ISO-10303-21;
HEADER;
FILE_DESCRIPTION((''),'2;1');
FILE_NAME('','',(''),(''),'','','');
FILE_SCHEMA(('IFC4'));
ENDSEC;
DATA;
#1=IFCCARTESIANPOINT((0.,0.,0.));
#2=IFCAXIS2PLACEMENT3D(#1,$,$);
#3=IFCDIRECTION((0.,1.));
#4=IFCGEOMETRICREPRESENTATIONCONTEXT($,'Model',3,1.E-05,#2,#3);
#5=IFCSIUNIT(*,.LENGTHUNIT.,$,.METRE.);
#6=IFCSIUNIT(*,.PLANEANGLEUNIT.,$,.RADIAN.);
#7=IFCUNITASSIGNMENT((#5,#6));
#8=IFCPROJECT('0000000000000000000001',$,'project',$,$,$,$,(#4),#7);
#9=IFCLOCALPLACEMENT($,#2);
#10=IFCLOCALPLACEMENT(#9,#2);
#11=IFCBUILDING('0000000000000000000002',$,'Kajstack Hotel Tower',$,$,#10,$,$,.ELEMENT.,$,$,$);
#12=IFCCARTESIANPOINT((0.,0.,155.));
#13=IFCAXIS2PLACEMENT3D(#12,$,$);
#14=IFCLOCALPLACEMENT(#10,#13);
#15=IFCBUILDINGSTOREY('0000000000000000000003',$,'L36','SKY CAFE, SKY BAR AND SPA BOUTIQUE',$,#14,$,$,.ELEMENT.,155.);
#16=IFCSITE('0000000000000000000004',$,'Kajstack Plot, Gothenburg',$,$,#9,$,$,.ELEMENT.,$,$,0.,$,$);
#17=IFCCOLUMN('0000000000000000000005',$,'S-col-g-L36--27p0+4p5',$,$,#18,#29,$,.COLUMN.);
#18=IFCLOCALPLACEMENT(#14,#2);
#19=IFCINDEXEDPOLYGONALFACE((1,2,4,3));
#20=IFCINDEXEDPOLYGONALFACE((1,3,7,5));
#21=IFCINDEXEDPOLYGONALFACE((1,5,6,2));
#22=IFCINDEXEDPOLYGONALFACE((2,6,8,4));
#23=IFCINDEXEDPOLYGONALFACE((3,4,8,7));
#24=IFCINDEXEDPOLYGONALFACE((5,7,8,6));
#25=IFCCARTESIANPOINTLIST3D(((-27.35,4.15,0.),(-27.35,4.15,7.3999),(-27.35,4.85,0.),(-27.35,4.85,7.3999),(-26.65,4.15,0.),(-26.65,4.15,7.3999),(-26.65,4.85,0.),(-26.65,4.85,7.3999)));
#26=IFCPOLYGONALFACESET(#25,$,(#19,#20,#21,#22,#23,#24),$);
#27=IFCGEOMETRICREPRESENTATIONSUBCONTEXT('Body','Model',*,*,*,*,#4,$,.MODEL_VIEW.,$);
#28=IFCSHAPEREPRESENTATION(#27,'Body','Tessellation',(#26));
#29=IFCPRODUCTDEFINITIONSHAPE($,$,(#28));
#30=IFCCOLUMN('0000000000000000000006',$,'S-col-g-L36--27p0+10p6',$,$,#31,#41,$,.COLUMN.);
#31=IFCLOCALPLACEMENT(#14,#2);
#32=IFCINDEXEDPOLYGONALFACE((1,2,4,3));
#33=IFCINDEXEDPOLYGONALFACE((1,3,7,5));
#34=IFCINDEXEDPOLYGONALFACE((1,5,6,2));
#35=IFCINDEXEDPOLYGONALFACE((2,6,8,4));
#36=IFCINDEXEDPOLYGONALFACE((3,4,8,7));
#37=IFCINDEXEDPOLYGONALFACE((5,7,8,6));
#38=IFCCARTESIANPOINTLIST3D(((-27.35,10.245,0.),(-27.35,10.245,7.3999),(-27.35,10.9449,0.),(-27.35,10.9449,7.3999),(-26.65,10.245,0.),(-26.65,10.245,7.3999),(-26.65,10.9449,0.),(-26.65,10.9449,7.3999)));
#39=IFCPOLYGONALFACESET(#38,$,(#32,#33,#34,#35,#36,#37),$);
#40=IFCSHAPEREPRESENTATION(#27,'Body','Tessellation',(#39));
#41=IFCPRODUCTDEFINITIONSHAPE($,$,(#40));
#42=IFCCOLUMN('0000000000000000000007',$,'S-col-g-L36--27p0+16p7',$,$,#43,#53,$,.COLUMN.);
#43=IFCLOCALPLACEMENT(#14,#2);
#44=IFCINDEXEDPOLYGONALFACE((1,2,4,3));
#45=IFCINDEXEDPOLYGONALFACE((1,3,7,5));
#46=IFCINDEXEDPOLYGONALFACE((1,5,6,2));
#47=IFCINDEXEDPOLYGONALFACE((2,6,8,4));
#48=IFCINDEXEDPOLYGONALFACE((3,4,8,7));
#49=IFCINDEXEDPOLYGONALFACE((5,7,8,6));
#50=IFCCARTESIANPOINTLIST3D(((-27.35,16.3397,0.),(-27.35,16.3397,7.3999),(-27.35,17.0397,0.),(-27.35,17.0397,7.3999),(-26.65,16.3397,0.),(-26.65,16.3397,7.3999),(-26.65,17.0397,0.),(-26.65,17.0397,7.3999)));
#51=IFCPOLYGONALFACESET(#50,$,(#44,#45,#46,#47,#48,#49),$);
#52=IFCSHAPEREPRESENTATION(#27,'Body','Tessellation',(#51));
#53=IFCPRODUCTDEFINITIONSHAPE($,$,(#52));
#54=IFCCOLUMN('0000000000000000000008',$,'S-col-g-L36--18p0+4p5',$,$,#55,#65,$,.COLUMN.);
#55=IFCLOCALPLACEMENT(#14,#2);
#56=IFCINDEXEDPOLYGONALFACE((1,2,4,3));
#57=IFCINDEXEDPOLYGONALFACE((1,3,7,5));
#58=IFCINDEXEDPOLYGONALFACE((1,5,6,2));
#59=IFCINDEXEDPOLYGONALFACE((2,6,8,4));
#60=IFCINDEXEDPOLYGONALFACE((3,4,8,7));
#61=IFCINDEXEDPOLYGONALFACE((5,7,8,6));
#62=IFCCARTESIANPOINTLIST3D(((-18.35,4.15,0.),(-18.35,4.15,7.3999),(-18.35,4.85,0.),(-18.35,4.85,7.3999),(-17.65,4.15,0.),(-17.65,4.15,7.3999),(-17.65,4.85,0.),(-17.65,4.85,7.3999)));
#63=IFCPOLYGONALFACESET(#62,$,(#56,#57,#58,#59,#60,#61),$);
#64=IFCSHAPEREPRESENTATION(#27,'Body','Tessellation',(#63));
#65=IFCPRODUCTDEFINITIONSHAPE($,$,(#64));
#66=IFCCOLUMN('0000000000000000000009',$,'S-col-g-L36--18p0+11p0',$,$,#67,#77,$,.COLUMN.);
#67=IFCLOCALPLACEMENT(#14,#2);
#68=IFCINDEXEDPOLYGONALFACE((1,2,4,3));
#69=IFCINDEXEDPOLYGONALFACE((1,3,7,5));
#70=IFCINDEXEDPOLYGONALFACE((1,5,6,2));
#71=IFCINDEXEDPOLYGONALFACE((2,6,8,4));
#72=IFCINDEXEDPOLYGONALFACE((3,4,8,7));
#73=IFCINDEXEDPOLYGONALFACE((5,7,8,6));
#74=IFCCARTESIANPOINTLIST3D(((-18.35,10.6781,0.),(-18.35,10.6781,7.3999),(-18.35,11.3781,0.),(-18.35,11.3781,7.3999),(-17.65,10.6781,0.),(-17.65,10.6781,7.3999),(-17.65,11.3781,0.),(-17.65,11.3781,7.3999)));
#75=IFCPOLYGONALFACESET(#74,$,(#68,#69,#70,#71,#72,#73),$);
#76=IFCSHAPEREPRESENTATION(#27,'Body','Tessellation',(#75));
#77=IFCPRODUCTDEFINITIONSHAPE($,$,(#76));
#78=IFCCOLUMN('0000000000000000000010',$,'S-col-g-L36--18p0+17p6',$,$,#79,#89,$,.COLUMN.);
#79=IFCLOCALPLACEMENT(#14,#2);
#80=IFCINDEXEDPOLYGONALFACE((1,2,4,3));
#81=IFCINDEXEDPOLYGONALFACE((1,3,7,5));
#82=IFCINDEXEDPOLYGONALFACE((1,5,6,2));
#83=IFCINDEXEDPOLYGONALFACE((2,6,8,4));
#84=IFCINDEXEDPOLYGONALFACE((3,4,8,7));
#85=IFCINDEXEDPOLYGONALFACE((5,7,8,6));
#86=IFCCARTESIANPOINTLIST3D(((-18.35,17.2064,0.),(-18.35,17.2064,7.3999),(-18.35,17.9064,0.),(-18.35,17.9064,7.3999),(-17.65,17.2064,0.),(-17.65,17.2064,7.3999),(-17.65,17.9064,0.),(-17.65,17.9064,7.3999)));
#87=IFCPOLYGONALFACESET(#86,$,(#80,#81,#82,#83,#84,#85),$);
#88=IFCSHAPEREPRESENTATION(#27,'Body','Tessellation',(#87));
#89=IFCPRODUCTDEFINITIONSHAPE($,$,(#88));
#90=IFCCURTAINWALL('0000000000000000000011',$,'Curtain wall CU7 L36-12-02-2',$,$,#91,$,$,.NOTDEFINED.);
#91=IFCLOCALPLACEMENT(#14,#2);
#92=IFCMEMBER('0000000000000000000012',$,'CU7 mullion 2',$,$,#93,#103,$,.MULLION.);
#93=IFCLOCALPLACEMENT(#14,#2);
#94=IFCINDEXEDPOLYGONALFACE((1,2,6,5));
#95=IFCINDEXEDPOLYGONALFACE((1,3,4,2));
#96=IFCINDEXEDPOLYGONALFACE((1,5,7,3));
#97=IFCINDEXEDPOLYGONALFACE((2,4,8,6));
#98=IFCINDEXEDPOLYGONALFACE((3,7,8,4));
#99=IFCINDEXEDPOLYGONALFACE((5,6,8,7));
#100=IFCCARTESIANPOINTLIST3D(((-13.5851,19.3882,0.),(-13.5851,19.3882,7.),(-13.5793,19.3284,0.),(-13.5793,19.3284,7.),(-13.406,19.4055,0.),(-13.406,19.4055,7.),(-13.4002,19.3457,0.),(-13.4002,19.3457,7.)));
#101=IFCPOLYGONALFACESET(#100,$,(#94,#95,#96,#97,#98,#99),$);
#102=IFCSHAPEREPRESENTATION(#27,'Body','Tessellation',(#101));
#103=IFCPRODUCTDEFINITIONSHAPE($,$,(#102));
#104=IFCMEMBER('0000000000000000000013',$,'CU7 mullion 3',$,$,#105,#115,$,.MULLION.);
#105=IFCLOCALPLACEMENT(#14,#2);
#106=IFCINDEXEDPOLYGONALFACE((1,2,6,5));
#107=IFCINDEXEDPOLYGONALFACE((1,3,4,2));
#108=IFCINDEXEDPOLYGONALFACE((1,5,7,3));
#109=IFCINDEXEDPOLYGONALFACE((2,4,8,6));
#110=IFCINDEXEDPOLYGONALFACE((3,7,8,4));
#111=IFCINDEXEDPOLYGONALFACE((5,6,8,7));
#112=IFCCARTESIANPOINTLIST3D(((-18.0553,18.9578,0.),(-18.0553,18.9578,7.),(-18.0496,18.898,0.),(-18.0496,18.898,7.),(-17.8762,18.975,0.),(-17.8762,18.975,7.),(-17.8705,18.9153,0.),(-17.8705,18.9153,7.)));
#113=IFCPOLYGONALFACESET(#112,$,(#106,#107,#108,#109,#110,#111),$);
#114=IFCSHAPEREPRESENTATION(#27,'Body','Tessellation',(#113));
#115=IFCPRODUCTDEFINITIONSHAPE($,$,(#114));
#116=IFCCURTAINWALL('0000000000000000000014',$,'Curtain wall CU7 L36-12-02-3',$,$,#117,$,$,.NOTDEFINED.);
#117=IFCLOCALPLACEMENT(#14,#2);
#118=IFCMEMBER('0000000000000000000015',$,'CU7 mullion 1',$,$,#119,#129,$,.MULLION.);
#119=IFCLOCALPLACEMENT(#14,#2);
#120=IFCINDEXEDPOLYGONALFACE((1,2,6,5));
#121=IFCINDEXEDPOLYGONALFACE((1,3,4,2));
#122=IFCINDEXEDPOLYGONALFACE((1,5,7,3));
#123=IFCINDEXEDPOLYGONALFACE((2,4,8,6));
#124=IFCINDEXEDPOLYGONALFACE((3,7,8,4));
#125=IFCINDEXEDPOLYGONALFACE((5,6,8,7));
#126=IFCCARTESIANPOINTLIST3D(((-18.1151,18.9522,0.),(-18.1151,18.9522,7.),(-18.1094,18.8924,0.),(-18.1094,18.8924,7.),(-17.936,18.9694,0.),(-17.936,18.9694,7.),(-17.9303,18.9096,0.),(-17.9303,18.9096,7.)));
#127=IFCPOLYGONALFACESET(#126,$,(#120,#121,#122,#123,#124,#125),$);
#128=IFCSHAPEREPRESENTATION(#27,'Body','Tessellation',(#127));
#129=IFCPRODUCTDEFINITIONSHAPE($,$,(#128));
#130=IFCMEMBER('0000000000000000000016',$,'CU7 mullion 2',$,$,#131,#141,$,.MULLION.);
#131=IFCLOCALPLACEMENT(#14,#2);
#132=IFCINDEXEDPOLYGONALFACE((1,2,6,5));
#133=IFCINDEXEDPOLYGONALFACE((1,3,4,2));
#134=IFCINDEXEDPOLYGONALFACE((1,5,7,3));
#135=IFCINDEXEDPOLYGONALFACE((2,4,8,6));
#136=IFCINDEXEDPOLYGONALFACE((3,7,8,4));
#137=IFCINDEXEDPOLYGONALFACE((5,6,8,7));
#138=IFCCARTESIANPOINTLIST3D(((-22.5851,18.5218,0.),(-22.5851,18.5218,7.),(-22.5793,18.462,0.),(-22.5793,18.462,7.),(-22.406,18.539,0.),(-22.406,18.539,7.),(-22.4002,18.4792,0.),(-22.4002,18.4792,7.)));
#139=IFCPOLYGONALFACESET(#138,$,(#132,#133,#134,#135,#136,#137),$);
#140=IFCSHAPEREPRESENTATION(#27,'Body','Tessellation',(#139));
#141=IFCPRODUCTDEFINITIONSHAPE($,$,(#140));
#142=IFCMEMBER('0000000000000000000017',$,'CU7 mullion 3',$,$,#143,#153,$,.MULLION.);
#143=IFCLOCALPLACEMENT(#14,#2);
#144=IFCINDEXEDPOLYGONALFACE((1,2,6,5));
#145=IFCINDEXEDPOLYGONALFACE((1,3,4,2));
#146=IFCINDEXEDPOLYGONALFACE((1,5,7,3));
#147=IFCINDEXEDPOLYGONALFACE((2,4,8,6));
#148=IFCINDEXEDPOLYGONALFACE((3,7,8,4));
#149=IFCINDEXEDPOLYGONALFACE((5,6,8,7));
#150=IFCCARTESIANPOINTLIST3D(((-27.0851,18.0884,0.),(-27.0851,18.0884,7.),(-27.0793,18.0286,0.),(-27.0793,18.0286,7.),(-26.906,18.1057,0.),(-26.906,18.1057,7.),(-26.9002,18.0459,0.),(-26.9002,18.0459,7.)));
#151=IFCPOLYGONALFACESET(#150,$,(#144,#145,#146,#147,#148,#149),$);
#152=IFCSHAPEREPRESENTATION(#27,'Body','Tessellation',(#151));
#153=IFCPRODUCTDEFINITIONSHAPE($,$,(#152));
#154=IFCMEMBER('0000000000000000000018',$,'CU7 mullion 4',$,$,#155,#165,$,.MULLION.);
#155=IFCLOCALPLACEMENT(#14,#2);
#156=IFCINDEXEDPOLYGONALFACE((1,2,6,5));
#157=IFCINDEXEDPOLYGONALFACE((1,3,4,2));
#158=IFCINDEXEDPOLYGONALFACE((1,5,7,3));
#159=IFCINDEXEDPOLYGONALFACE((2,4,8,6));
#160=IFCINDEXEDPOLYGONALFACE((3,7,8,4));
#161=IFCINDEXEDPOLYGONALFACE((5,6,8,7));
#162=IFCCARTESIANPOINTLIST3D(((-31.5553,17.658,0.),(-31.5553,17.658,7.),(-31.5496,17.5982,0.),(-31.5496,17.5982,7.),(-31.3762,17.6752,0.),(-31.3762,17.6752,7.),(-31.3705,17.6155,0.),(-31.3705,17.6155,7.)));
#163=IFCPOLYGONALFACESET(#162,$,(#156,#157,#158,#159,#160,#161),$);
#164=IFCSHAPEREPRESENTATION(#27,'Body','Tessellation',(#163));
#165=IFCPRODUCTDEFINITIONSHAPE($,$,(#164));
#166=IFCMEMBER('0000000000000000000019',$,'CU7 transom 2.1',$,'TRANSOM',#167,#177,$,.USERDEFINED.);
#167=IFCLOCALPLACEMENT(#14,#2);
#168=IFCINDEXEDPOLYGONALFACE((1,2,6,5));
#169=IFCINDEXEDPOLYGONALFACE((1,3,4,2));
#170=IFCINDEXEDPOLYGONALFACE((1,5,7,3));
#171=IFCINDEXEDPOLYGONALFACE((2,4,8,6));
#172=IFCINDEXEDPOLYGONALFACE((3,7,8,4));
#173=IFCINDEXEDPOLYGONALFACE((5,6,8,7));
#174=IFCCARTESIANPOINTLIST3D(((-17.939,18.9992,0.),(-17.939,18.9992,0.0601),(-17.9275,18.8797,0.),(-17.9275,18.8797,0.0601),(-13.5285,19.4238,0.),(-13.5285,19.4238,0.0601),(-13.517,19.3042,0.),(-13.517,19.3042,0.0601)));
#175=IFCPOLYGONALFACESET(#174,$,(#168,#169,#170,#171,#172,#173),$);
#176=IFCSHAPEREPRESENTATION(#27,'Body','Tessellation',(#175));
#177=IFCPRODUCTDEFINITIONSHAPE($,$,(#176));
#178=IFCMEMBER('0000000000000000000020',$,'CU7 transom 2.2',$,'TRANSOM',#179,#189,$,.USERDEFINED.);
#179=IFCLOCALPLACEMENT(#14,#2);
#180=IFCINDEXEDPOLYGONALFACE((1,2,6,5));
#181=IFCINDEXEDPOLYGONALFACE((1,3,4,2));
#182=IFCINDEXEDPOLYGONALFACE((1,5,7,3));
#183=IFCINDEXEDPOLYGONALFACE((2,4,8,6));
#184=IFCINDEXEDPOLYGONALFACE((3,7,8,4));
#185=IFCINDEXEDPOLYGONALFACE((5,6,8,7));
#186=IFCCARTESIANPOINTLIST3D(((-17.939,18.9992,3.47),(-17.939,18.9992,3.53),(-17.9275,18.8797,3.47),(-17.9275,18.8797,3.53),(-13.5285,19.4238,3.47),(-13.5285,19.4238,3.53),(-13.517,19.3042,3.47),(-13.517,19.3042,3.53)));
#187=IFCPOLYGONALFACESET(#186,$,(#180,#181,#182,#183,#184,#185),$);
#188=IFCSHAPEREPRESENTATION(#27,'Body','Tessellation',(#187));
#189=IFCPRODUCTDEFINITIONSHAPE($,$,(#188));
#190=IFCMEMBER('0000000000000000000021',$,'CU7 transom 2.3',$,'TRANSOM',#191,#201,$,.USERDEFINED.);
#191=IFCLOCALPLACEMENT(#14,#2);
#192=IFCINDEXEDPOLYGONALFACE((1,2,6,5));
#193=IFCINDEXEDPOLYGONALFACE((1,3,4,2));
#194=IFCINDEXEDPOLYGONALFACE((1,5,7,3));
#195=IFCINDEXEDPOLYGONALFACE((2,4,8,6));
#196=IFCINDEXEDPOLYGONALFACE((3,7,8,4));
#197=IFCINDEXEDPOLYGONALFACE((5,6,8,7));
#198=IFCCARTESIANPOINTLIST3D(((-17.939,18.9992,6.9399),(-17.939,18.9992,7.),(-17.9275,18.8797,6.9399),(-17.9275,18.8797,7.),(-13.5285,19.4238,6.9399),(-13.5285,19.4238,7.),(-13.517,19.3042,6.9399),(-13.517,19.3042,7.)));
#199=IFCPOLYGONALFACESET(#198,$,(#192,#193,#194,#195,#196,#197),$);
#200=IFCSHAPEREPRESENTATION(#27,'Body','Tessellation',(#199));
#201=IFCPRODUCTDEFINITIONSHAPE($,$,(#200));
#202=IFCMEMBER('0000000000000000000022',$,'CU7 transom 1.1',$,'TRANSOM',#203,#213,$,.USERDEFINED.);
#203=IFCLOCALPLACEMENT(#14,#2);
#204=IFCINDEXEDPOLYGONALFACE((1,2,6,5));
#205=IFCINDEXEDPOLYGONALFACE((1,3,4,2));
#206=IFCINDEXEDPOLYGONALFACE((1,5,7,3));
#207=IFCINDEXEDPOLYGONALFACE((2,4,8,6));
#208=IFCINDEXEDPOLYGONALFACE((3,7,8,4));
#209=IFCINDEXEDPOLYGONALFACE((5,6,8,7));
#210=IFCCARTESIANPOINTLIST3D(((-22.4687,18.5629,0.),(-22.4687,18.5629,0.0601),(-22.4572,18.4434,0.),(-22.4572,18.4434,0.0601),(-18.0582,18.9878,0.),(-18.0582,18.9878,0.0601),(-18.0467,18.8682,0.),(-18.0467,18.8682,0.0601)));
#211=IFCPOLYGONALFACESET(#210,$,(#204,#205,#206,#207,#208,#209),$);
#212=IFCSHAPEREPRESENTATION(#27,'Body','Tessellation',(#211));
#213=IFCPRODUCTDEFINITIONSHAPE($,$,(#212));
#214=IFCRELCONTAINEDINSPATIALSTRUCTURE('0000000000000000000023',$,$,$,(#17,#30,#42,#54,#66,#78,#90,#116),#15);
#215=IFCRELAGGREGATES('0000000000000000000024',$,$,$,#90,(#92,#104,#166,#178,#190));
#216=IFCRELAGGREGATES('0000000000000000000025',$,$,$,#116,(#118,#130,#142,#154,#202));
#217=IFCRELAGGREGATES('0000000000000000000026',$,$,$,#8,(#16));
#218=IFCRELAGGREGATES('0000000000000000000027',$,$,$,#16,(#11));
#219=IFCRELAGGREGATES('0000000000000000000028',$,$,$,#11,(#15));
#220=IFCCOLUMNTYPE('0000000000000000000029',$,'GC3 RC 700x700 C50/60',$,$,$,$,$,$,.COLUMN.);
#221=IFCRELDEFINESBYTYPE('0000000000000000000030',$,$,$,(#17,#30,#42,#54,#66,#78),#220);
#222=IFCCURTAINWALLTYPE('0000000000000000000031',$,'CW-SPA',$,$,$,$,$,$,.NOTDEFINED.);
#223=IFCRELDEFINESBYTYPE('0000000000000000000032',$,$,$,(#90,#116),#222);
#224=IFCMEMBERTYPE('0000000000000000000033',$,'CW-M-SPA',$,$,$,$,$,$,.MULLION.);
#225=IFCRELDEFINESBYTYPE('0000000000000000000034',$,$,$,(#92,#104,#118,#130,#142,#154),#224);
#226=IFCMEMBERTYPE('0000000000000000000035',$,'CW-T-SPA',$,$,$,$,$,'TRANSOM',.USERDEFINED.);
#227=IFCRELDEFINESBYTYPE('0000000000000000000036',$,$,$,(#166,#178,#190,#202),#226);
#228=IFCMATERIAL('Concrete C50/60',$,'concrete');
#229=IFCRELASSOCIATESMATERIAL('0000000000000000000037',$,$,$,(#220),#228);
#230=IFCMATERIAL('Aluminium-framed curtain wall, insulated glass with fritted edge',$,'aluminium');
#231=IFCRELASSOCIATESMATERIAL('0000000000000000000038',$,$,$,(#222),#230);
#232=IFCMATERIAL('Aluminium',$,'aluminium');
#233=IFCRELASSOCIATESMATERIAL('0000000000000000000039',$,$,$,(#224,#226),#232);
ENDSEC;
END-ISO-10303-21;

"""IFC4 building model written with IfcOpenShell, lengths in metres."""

from ifc_helpers import new_model, si_unit, direction, frame, origin, origin_2d, place, context, subcontext, project, spatial, rectangle, extrude, material, material_profile, profile_set, type_object, element, aggregate, save


model = new_model("IFC4")

# Units and contexts
model_context = context("Model", 3, precision=1e-05, world=origin(), true_north=direction((0.0, 1.0)))
body_context = subcontext(model_context, "Body", "Model", "MODEL_VIEW")
ifc_project = project(units=[si_unit("LENGTHUNIT", "METRE"), si_unit("PLANEANGLEUNIT", "RADIAN")], contexts=[model_context])

# Site, building, storey
site_placement = place(None, origin())
site = spatial("IfcSite", under=ifc_project, at=site_placement, Name="Kajstack Plot, Gothenburg", CompositionType="ELEMENT", RefElevation=0.0)
building_placement = place(site_placement, origin())
building = spatial("IfcBuilding", under=site, at=building_placement, Name="Kajstack Hotel Tower", CompositionType="ELEMENT")
storey_placement = place(building_placement, frame((0.0, 0.0, 155.0)))
storey = spatial("IfcBuildingStorey", under=building, at=storey_placement, Name="L36", Description="SKY CAFE, SKY BAR AND SPA BOUTIQUE", CompositionType="ELEMENT", Elevation=155.0)

# Columns
ifc_material_1 = material(Name="Concrete C50/60", Category="concrete")
ifc_material_profile_1 = material_profile(ifc_material_1, rectangle(XDim=0.7, YDim=0.7, at=origin_2d()), Name="RC 700x700")
ifc_profile_set_1 = profile_set([ifc_material_profile_1], Name="Concrete C50/60")
column_type = type_object("IfcColumnType", Name="GC3 RC 700x700 C50/60", PredefinedType="COLUMN", material=ifc_profile_set_1)
for number, where, z_axis, x_axis, name in (
    (1, (-27.0, 4.5, 0.0), (0.0, 0.0, 1.0), (1.0, 0.0, 0.0), "S-col-g-L36--27p0+4p5"),
    (2, (-27.0, 10.595, 0.0), (0.0, 0.0, 1.0), (1.0, 0.0, 0.0), "S-col-g-L36--27p0+10p6"),
    (3, (-27.0, 16.6897, 0.0), (0.0, 0.0, 1.0), (1.0, 0.0, 0.0), "S-col-g-L36--27p0+16p7"),
    (4, (-18.0, 4.5, 0.0), (0.0, 0.0, 1.0), (1.0, 0.0, 0.0), "S-col-g-L36--18p0+4p5"),
    (5, (-18.0, 11.0281, 0.0), (0.0, 0.0, 1.0), (1.0, 0.0, 0.0), "S-col-g-L36--18p0+11p0"),
    (6, (-18.0, 17.5564, 0.0), (0.0, 0.0, 1.0), (1.0, 0.0, 0.0), "S-col-g-L36--18p0+17p6"),
):
    element("IfcColumn", number, at=place(storey_placement, frame(where, z_axis=z_axis, x_axis=x_axis)), inside=storey, type_object=column_type, Name=name, PredefinedType="COLUMN", context=body_context, shape_type="SweptSolid", body=[
        extrude(rectangle(XDim=0.7, YDim=0.7, at=origin_2d()), origin(), (0.0, 0.0, 1.0), 7.3999),
    ])

# Curtain walls, members
ifc_material_2 = material(Name="Aluminium-framed curtain wall, insulated glass with fritted edge", Category="aluminium")
curtain_wall_type = type_object("IfcCurtainWallType", Name="CW-SPA", PredefinedType="NOTDEFINED", material=ifc_material_2)
curtain_wall_1_placement = place(storey_placement, origin())
curtain_wall_1 = element("IfcCurtainWall", 7, at=curtain_wall_1_placement, inside=storey, type_object=curtain_wall_type, Name="Curtain wall CU7 L36-12-02-2", PredefinedType="NOTDEFINED")
ifc_material_3 = material(Name="Aluminium", Category="aluminium")
ifc_material_profile_2 = material_profile(ifc_material_3, rectangle(XDim=0.0601, YDim=0.1799, at=origin_2d()), Name="Aluminium mullion 60 x 180")
ifc_profile_set_2 = profile_set([ifc_material_profile_2], Name="Aluminium")
member_type_1 = type_object("IfcMemberType", Name="CW-M-SPA", PredefinedType="MULLION", material=ifc_profile_set_2)
member_1_placement = place(storey_placement, frame((-13.4927, 19.3669, 0.0), z_axis=(0.0, 0.0, 1.0), x_axis=(0.095845, -0.995396, 0.0)))
member_1 = element("IfcMember", 8, at=member_1_placement, type_object=member_type_1, Name="CU7 mullion 2", PredefinedType="MULLION", context=body_context, shape_type="SweptSolid", body=[
    extrude(rectangle(XDim=0.0601, YDim=0.1799, at=origin_2d()), origin(), (0.0, 0.0, 1.0), 7.0),
])
member_2_placement = place(storey_placement, frame((-17.9629, 18.9365, 0.0), z_axis=(0.0, 0.0, 1.0), x_axis=(0.095845, -0.995396, 0.0)))
member_2 = element("IfcMember", 9, at=member_2_placement, type_object=member_type_1, Name="CU7 mullion 3", PredefinedType="MULLION", context=body_context, shape_type="SweptSolid", body=[
    extrude(rectangle(XDim=0.0601, YDim=0.1799, at=origin_2d()), origin(), (0.0, 0.0, 1.0), 7.0),
])
curtain_wall_2_placement = place(storey_placement, origin())
curtain_wall_2 = element("IfcCurtainWall", 10, at=curtain_wall_2_placement, inside=storey, type_object=curtain_wall_type, Name="Curtain wall CU7 L36-12-02-3", PredefinedType="NOTDEFINED")
member_3_placement = place(storey_placement, frame((-18.0227, 18.9309, 0.0), z_axis=(0.0, 0.0, 1.0), x_axis=(0.095845, -0.995396, 0.0)))
member_3 = element("IfcMember", 11, at=member_3_placement, type_object=member_type_1, Name="CU7 mullion 1", PredefinedType="MULLION", context=body_context, shape_type="SweptSolid", body=[
    extrude(rectangle(XDim=0.0601, YDim=0.1799, at=origin_2d()), origin(), (0.0, 0.0, 1.0), 7.0),
])
member_4_placement = place(storey_placement, frame((-22.4927, 18.5005, 0.0), z_axis=(0.0, 0.0, 1.0), x_axis=(0.095845, -0.995396, 0.0)))
member_4 = element("IfcMember", 12, at=member_4_placement, type_object=member_type_1, Name="CU7 mullion 2", PredefinedType="MULLION", context=body_context, shape_type="SweptSolid", body=[
    extrude(rectangle(XDim=0.0601, YDim=0.1799, at=origin_2d()), origin(), (0.0, 0.0, 1.0), 7.0),
])
member_5_placement = place(storey_placement, frame((-26.9927, 18.0671, 0.0), z_axis=(0.0, 0.0, 1.0), x_axis=(0.095845, -0.995396, 0.0)))
member_5 = element("IfcMember", 13, at=member_5_placement, type_object=member_type_1, Name="CU7 mullion 3", PredefinedType="MULLION", context=body_context, shape_type="SweptSolid", body=[
    extrude(rectangle(XDim=0.0601, YDim=0.1799, at=origin_2d()), origin(), (0.0, 0.0, 1.0), 7.0),
])
member_6_placement = place(storey_placement, frame((-31.4629, 17.6367, 0.0), z_axis=(0.0, 0.0, 1.0), x_axis=(0.095845, -0.995396, 0.0)))
member_6 = element("IfcMember", 14, at=member_6_placement, type_object=member_type_1, Name="CU7 mullion 4", PredefinedType="MULLION", context=body_context, shape_type="SweptSolid", body=[
    extrude(rectangle(XDim=0.0601, YDim=0.1799, at=origin_2d()), origin(), (0.0, 0.0, 1.0), 7.0),
])

# Members
ifc_material_profile_3 = material_profile(ifc_material_3, rectangle(XDim=0.1201, YDim=0.0601, at=origin_2d()), Name="Aluminium transom 120 x 60")
ifc_profile_set_3 = profile_set([ifc_material_profile_3], Name="Aluminium")
member_type_2 = type_object("IfcMemberType", Name="CW-T-SPA", ElementType="TRANSOM", PredefinedType="USERDEFINED", material=ifc_profile_set_3)
member_7_placement = place(storey_placement, frame((-13.5227, 19.364, 0.03), z_axis=(-0.995399, -0.095821, 0.0), x_axis=(0.095821, -0.995399, 0.0)))
member_7 = element("IfcMember", 15, at=member_7_placement, type_object=member_type_2, Name="CU7 transom 2.1", ObjectType="TRANSOM", PredefinedType="USERDEFINED", context=body_context, shape_type="SweptSolid", body=[
    extrude(rectangle(XDim=0.1201, YDim=0.0601, at=origin_2d()), origin(), (0.0, 0.0, 1.0), 4.4309),
])
member_8_placement = place(storey_placement, frame((-13.5227, 19.364, 3.5), z_axis=(-0.995399, -0.095821, 0.0), x_axis=(0.095821, -0.995399, 0.0)))
member_8 = element("IfcMember", 16, at=member_8_placement, type_object=member_type_2, Name="CU7 transom 2.2", ObjectType="TRANSOM", PredefinedType="USERDEFINED", context=body_context, shape_type="SweptSolid", body=[
    extrude(rectangle(XDim=0.1201, YDim=0.0601, at=origin_2d()), origin(), (0.0, 0.0, 1.0), 4.4309),
])
member_9_placement = place(storey_placement, frame((-13.5227, 19.364, 6.97), z_axis=(-0.995399, -0.095821, 0.0), x_axis=(0.095821, -0.995399, 0.0)))
member_9 = element("IfcMember", 17, at=member_9_placement, type_object=member_type_2, Name="CU7 transom 2.3", ObjectType="TRANSOM", PredefinedType="USERDEFINED", context=body_context, shape_type="SweptSolid", body=[
    extrude(rectangle(XDim=0.1201, YDim=0.0601, at=origin_2d()), origin(), (0.0, 0.0, 1.0), 4.4309),
])
member_10_placement = place(storey_placement, frame((-18.0525, 18.928, 0.03), z_axis=(-0.995393, -0.095875, 0.0), x_axis=(0.095875, -0.995393, 0.0)))
member_10 = element("IfcMember", 18, at=member_10_placement, type_object=member_type_2, Name="CU7 transom 1.1", ObjectType="TRANSOM", PredefinedType="USERDEFINED", context=body_context, shape_type="SweptSolid", body=[
    extrude(rectangle(XDim=0.1201, YDim=0.0601, at=origin_2d()), origin(), (0.0, 0.0, 1.0), 4.4309),
])

aggregate(curtain_wall_1, [member_1, member_2, member_7, member_8, member_9])
aggregate(curtain_wall_2, [member_3, member_4, member_5, member_6, member_10])

save(model, "model.ifc")
